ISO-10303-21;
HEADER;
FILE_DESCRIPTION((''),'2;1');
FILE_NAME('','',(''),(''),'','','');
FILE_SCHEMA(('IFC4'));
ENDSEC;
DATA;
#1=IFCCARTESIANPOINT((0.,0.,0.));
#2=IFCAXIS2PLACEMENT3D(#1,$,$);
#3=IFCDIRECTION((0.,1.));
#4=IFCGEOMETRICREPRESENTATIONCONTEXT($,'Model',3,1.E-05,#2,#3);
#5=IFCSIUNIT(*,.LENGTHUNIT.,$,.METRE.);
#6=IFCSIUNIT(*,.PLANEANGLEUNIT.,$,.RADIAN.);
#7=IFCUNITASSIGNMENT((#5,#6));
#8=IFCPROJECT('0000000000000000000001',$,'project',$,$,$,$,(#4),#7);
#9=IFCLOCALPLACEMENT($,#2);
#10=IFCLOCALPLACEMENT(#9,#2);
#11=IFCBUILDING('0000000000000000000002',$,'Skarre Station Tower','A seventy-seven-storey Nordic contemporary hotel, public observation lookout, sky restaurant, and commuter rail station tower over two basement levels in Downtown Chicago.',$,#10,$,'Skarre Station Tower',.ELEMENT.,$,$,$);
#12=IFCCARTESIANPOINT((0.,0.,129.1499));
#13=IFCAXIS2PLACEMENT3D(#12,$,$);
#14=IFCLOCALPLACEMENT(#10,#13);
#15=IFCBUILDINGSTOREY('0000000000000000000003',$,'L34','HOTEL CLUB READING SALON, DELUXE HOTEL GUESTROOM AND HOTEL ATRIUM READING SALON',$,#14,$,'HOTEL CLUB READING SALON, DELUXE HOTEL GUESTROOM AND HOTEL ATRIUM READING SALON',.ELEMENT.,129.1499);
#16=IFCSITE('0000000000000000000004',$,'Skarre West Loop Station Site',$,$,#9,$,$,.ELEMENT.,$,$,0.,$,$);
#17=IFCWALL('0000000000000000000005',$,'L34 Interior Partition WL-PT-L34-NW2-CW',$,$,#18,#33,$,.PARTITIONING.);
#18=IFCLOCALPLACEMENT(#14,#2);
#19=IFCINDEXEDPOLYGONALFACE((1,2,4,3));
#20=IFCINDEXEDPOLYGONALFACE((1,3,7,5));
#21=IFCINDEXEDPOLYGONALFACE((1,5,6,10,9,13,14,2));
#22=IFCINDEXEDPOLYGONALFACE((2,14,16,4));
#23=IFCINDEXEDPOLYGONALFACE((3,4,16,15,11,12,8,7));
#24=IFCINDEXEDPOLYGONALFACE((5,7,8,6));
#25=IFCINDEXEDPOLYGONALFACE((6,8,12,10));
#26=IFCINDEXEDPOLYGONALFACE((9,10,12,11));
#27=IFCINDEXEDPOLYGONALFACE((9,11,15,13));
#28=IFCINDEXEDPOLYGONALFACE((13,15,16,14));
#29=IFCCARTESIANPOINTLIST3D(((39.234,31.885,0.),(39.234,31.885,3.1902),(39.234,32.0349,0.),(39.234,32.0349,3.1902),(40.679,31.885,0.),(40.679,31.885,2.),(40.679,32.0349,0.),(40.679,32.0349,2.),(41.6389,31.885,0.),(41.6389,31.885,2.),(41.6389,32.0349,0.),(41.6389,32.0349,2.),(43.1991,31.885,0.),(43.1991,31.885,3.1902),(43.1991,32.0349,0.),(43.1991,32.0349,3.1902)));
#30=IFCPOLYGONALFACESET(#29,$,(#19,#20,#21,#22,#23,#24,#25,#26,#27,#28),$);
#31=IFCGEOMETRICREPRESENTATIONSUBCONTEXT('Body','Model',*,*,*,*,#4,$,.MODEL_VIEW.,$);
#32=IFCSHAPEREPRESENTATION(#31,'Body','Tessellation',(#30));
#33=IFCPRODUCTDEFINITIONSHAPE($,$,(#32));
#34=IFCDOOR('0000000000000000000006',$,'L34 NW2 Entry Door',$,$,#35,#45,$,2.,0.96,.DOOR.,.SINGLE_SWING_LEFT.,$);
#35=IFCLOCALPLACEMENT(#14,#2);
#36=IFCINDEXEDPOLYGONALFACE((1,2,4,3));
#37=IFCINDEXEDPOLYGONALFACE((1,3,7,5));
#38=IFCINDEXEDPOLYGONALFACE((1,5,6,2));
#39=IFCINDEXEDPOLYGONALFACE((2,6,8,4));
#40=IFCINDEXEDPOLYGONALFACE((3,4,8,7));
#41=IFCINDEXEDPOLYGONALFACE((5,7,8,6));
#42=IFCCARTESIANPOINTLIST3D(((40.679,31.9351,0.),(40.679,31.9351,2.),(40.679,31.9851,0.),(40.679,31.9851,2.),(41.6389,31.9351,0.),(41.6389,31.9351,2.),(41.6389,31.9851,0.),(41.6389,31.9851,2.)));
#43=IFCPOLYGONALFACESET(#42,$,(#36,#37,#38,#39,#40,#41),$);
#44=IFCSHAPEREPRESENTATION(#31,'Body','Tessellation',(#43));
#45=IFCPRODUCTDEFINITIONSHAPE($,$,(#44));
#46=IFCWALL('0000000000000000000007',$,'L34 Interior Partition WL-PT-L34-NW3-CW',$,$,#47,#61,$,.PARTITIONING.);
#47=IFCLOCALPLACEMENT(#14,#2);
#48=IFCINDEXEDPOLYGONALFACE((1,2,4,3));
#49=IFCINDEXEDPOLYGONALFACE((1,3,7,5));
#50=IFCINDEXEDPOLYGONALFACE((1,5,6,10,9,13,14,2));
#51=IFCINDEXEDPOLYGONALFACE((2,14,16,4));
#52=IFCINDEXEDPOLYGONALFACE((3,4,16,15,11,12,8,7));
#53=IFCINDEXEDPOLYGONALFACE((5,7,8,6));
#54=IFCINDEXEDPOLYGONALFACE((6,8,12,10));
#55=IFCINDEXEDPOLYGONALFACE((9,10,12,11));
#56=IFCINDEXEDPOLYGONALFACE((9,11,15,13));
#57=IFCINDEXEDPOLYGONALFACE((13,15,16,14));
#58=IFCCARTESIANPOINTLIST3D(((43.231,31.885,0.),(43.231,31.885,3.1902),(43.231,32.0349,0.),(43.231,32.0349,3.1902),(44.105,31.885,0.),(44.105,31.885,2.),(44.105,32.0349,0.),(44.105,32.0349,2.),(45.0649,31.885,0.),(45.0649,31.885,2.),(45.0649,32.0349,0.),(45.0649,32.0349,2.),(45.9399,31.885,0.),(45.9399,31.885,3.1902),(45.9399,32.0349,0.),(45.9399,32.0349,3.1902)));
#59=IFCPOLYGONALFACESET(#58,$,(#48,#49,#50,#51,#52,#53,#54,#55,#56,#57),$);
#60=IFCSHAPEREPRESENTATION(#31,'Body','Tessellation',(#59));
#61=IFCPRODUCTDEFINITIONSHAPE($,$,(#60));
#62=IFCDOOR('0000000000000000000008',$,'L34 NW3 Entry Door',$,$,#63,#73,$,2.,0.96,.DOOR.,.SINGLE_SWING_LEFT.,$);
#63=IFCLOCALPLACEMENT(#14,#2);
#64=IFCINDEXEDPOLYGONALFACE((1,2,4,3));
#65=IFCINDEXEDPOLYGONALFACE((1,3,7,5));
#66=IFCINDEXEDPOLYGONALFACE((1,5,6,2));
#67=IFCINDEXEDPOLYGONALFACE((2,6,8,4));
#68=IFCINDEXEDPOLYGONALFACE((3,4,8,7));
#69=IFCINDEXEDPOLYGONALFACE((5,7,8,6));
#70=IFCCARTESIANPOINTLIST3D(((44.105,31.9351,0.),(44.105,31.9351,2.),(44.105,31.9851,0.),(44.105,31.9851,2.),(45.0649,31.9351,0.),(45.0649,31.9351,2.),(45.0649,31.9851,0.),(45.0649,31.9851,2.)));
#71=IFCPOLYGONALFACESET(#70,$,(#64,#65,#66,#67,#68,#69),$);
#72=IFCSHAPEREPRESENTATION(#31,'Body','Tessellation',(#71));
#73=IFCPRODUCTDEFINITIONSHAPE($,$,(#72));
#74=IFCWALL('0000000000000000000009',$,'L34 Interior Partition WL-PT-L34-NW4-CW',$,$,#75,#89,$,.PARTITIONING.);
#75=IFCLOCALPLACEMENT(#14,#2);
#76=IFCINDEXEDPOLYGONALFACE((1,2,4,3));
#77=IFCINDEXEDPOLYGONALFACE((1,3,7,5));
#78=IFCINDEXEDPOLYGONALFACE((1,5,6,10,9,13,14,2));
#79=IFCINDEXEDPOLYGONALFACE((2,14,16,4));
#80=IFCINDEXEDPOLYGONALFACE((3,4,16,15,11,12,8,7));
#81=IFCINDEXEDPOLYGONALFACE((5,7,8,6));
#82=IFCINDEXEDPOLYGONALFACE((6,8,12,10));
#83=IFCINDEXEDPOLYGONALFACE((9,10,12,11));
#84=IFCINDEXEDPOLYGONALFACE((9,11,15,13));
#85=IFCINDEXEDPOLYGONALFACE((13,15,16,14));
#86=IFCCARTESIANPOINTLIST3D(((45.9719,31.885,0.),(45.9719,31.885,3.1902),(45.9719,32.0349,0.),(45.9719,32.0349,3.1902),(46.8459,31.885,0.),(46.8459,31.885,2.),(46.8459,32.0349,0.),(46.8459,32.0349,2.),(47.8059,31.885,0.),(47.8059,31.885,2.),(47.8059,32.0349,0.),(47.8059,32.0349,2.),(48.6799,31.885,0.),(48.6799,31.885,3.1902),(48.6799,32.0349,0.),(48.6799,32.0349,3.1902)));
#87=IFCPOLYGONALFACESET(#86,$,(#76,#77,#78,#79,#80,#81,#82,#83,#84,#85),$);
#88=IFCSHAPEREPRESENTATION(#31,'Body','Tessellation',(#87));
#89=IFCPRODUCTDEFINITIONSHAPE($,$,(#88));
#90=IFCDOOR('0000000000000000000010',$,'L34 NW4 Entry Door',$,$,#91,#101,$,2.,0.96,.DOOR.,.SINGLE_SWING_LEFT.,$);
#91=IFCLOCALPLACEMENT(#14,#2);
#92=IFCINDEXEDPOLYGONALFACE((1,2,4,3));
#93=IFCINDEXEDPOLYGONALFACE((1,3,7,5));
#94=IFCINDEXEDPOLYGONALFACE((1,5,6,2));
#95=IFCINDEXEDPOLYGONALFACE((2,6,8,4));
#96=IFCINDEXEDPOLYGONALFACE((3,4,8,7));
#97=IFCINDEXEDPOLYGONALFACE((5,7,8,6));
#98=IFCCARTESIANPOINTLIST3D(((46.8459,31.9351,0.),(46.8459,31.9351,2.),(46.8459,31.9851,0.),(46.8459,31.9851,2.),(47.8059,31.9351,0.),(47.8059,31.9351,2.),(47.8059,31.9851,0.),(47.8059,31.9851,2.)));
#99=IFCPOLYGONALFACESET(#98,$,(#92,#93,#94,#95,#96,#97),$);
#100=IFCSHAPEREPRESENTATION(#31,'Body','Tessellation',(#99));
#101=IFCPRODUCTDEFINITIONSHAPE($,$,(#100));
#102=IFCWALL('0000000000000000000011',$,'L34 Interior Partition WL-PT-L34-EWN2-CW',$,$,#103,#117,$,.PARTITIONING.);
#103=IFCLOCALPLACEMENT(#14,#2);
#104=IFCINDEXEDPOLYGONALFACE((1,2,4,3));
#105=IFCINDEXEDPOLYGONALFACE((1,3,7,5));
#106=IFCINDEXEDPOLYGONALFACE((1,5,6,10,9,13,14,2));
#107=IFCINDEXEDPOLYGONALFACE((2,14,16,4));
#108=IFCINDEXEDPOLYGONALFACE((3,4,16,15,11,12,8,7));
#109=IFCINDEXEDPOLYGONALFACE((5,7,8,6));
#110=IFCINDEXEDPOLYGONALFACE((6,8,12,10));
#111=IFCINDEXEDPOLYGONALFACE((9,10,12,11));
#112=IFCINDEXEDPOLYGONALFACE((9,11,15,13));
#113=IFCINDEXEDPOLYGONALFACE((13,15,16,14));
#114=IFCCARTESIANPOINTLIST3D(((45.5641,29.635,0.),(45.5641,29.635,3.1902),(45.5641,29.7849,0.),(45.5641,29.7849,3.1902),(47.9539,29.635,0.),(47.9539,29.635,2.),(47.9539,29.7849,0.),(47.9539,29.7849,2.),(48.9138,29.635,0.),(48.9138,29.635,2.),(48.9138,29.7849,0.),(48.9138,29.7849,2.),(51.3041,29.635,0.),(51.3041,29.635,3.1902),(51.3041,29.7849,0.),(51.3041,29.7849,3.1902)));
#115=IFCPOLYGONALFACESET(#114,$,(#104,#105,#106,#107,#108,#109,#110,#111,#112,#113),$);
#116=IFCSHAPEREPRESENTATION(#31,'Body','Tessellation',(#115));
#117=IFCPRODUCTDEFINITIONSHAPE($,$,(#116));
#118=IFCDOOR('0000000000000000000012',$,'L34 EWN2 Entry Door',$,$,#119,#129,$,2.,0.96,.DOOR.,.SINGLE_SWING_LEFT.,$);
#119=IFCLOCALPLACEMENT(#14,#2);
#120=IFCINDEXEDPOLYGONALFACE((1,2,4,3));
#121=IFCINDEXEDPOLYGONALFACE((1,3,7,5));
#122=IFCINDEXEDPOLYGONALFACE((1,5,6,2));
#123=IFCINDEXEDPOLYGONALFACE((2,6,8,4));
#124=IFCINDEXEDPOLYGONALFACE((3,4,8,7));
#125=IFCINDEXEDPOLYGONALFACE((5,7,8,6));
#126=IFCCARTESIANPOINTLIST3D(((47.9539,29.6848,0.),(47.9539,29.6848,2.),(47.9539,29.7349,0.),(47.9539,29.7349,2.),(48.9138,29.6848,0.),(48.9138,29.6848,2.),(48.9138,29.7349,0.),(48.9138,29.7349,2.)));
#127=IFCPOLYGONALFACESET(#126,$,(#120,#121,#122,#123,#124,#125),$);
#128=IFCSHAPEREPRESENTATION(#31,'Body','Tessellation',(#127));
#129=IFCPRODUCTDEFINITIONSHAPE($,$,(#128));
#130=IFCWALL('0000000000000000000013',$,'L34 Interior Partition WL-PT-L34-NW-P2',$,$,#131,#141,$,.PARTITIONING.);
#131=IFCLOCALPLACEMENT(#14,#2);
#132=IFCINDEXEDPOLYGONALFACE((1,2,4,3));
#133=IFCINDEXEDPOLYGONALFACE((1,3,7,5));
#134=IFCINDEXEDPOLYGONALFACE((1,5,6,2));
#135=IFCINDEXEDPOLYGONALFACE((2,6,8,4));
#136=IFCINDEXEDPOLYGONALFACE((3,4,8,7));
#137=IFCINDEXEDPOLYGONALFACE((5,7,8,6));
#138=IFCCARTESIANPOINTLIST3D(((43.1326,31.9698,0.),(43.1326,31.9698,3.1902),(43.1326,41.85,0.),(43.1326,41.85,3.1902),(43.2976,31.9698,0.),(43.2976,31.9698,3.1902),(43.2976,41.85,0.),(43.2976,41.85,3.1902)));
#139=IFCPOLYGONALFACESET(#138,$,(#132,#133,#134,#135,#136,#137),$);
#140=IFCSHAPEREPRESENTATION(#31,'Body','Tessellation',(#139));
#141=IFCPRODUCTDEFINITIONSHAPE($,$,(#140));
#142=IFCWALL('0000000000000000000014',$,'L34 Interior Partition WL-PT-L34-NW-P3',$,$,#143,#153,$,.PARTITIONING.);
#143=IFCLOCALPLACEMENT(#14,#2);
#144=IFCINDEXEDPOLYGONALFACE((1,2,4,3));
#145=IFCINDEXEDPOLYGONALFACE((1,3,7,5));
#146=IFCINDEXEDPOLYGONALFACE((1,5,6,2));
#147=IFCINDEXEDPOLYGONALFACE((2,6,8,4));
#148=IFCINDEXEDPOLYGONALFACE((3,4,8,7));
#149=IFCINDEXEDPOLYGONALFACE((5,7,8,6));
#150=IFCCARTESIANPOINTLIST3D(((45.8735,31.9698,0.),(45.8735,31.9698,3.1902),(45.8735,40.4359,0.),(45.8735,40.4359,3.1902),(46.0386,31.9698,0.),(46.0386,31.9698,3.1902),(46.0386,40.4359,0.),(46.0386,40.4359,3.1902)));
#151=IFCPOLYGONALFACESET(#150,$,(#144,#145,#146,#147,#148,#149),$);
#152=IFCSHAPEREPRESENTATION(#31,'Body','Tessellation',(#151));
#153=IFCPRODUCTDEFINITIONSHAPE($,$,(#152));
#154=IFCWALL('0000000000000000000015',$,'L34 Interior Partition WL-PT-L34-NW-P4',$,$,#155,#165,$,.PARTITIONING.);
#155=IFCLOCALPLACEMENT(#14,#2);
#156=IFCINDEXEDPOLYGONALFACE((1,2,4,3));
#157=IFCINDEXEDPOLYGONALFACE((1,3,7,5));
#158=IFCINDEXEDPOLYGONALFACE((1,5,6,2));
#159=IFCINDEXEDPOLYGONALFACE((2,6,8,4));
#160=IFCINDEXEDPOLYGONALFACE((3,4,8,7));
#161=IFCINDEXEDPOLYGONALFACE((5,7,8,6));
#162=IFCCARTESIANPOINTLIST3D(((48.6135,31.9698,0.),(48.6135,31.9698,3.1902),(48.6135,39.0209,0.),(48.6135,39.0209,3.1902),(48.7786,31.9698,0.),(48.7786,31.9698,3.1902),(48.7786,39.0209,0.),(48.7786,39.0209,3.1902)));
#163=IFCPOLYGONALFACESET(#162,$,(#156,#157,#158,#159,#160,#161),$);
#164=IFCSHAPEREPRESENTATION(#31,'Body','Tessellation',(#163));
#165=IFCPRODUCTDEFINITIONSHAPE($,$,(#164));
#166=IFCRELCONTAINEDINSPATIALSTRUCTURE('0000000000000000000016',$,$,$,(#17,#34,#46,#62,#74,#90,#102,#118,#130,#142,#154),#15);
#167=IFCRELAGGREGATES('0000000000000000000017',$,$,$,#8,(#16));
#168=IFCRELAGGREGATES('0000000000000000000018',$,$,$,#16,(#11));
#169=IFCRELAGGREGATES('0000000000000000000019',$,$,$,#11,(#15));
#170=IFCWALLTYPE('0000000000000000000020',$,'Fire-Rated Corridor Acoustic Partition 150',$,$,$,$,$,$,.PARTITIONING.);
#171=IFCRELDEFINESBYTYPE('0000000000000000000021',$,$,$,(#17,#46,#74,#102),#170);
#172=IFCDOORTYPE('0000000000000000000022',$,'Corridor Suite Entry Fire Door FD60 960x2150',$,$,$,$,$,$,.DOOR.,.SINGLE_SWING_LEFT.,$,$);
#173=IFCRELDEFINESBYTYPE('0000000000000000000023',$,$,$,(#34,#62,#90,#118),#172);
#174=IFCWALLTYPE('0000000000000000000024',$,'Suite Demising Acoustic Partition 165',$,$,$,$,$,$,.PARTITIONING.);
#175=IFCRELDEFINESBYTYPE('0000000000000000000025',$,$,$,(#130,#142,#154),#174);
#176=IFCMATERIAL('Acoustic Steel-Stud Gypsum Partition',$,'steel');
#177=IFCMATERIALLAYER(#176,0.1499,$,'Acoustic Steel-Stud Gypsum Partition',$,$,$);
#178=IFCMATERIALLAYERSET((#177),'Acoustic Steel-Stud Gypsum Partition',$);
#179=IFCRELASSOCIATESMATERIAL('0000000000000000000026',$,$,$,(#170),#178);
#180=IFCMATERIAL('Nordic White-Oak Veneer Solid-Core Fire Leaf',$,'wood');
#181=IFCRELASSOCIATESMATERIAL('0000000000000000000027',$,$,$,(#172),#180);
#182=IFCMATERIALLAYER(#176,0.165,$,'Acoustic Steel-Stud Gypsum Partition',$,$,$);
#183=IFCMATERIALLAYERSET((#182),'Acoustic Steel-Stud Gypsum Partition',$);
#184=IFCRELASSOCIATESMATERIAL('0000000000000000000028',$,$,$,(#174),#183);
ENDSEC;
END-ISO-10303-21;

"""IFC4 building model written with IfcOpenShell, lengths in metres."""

from ifc_helpers import new_model, si_unit, direction, frame, frame_2d, origin, place, context, subcontext, project, spatial, rectangle, extrude, material, layer, layer_set, type_object, element, fill, save


model = new_model("IFC4")

# Units and contexts
model_context = context("Model", 3, precision=1e-05, world=origin(), true_north=direction((0.0, 1.0)))
body_context = subcontext(model_context, "Body", "Model", "MODEL_VIEW")
ifc_project = project(units=[si_unit("LENGTHUNIT", "METRE"), si_unit("PLANEANGLEUNIT", "RADIAN")], contexts=[model_context])

# Site, building, storey
site_placement = place(None, origin())
site = spatial("IfcSite", under=ifc_project, at=site_placement, Name="Skarre West Loop Station Site", CompositionType="ELEMENT", RefElevation=0.0)
building_placement = place(site_placement, origin())
building = spatial("IfcBuilding", under=site, at=building_placement, Name="Skarre Station Tower", Description="A seventy-seven-storey Nordic contemporary hotel, public observation lookout, sky restaurant, and commuter rail station tower over two basement levels in Downtown Chicago.", LongName="Skarre Station Tower", CompositionType="ELEMENT")
storey_placement = place(building_placement, frame((0.0, 0.0, 129.1499)))
storey = spatial("IfcBuildingStorey", under=building, at=storey_placement, Name="L34", Description="HOTEL CLUB READING SALON, DELUXE HOTEL GUESTROOM AND HOTEL ATRIUM READING SALON", LongName="HOTEL CLUB READING SALON, DELUXE HOTEL GUESTROOM AND HOTEL ATRIUM READING SALON", CompositionType="ELEMENT", Elevation=129.1499)

# Walls, openings, doors
ifc_material_1 = material(Name="Acoustic Steel-Stud Gypsum Partition", Category="steel")
ifc_layer_1 = layer(ifc_material_1, 0.1499, Name="Acoustic Steel-Stud Gypsum Partition")
ifc_layer_set_1 = layer_set([ifc_layer_1], Name="Acoustic Steel-Stud Gypsum Partition")
wall_type_1 = type_object("IfcWallType", Name="Fire-Rated Corridor Acoustic Partition 150", PredefinedType="PARTITIONING", material=ifc_layer_set_1)
wall_1_placement = place(storey_placement, frame((43.199, 31.96, 0.0), z_axis=(0.0, 0.0, 1.0), x_axis=(-1.0, 0.0, 0.0)))
wall_1 = element("IfcWall", 1, at=wall_1_placement, inside=storey, type_object=wall_type_1, Name="L34 Interior Partition WL-PT-L34-NW2-CW", PredefinedType="PARTITIONING", context=body_context, shape_type="SweptSolid", body=[
    extrude(rectangle(XDim=3.9651, YDim=0.1499, at=frame_2d((1.9824, 0.0))), origin(), (0.0, 0.0, 1.0), 3.1902),
])
opening_1_placement = place(wall_1_placement, frame((1.5601, 0.0, 0.0)))
opening_1 = element("IfcOpeningElement", 2, at=opening_1_placement, cuts=wall_1, PredefinedType="OPENING", context=body_context, shape_type="SweptSolid", body=[
    extrude(rectangle(XDim=0.96, YDim=2.0, at=frame_2d((0.48, 1.0))), frame((0.0, 0.085, 0.0), z_axis=(0.0, -1.0, 0.0), x_axis=(1.0, 0.0, 0.0)), (0.0, 0.0, 1.0), 0.1699),
])
ifc_material_2 = material(Name="Nordic White-Oak Veneer Solid-Core Fire Leaf", Category="wood")
door_type = type_object("IfcDoorType", Name="Corridor Suite Entry Fire Door FD60 960x2150", OperationType="SINGLE_SWING_LEFT", PredefinedType="DOOR", material=ifc_material_2)
door_1_placement = place(opening_1_placement, origin())
door_1 = element("IfcDoor", 3, at=door_1_placement, inside=storey, type_object=door_type, Name="L34 NW2 Entry Door", OperationType="SINGLE_SWING_LEFT", OverallHeight=2.0, OverallWidth=0.96, PredefinedType="DOOR", context=body_context, shape_type="SweptSolid", body=[
    extrude(rectangle(XDim=0.96, YDim=2.0, at=frame_2d((0.48, 1.0))), frame((0.0, 0.0249, 0.0), z_axis=(0.0, -1.0, 0.0), x_axis=(1.0, 0.0, 0.0)), (0.0, 0.0, 1.0), 0.05),
])
fill(opening_1, door_1)
wall_2_placement = place(storey_placement, frame((45.9399, 31.96, 0.0), z_axis=(0.0, 0.0, 1.0), x_axis=(-1.0, 0.0, 0.0)))
wall_2 = element("IfcWall", 4, at=wall_2_placement, inside=storey, type_object=wall_type_1, Name="L34 Interior Partition WL-PT-L34-NW3-CW", PredefinedType="PARTITIONING", context=body_context, shape_type="SweptSolid", body=[
    extrude(rectangle(XDim=2.709, YDim=0.1499, at=frame_2d((1.3545, 0.0))), origin(), (0.0, 0.0, 1.0), 3.1902),
])
opening_2_placement = place(wall_2_placement, frame((0.875, 0.0, 0.0)))
opening_2 = element("IfcOpeningElement", 5, at=opening_2_placement, cuts=wall_2, PredefinedType="OPENING", context=body_context, shape_type="SweptSolid", body=[
    extrude(rectangle(XDim=0.96, YDim=2.0, at=frame_2d((0.48, 1.0))), frame((0.0, 0.085, 0.0), z_axis=(0.0, -1.0, 0.0), x_axis=(1.0, 0.0, 0.0)), (0.0, 0.0, 1.0), 0.1699),
])
door_2_placement = place(opening_2_placement, origin())
door_2 = element("IfcDoor", 6, at=door_2_placement, inside=storey, type_object=door_type, Name="L34 NW3 Entry Door", OperationType="SINGLE_SWING_LEFT", OverallHeight=2.0, OverallWidth=0.96, PredefinedType="DOOR", context=body_context, shape_type="SweptSolid", body=[
    extrude(rectangle(XDim=0.96, YDim=2.0, at=frame_2d((0.48, 1.0))), frame((0.0, 0.0249, 0.0), z_axis=(0.0, -1.0, 0.0), x_axis=(1.0, 0.0, 0.0)), (0.0, 0.0, 1.0), 0.05),
])
fill(opening_2, door_2)
wall_3_placement = place(storey_placement, frame((48.6799, 31.96, 0.0), z_axis=(0.0, 0.0, 1.0), x_axis=(-1.0, 0.0, 0.0)))
wall_3 = element("IfcWall", 7, at=wall_3_placement, inside=storey, type_object=wall_type_1, Name="L34 Interior Partition WL-PT-L34-NW4-CW", PredefinedType="PARTITIONING", context=body_context, shape_type="SweptSolid", body=[
    extrude(rectangle(XDim=2.708, YDim=0.1499, at=frame_2d((1.354, 0.0))), origin(), (0.0, 0.0, 1.0), 3.1902),
])
opening_3_placement = place(wall_3_placement, frame((0.874, 0.0, 0.0)))
opening_3 = element("IfcOpeningElement", 8, at=opening_3_placement, cuts=wall_3, PredefinedType="OPENING", context=body_context, shape_type="SweptSolid", body=[
    extrude(rectangle(XDim=0.96, YDim=2.0, at=frame_2d((0.48, 1.0))), frame((0.0, 0.085, 0.0), z_axis=(0.0, -1.0, 0.0), x_axis=(1.0, 0.0, 0.0)), (0.0, 0.0, 1.0), 0.1699),
])
door_3_placement = place(opening_3_placement, origin())
door_3 = element("IfcDoor", 9, at=door_3_placement, inside=storey, type_object=door_type, Name="L34 NW4 Entry Door", OperationType="SINGLE_SWING_LEFT", OverallHeight=2.0, OverallWidth=0.96, PredefinedType="DOOR", context=body_context, shape_type="SweptSolid", body=[
    extrude(rectangle(XDim=0.96, YDim=2.0, at=frame_2d((0.48, 1.0))), frame((0.0, 0.0249, 0.0), z_axis=(0.0, -1.0, 0.0), x_axis=(1.0, 0.0, 0.0)), (0.0, 0.0, 1.0), 0.05),
])
fill(opening_3, door_3)
wall_4_placement = place(storey_placement, frame((45.564, 29.71, 0.0), z_axis=(0.0, 0.0, 1.0), x_axis=(1.0, 0.0, 0.0)))
wall_4 = element("IfcWall", 10, at=wall_4_placement, inside=storey, type_object=wall_type_1, Name="L34 Interior Partition WL-PT-L34-EWN2-CW", PredefinedType="PARTITIONING", context=body_context, shape_type="SweptSolid", body=[
    extrude(rectangle(XDim=5.74, YDim=0.1499, at=frame_2d((2.8701, 0.0))), origin(), (0.0, 0.0, 1.0), 3.1902),
])
opening_4_placement = place(wall_4_placement, frame((2.3899, 0.0, 0.0)))
opening_4 = element("IfcOpeningElement", 11, at=opening_4_placement, cuts=wall_4, PredefinedType="OPENING", context=body_context, shape_type="SweptSolid", body=[
    extrude(rectangle(XDim=0.96, YDim=2.0, at=frame_2d((0.48, 1.0))), frame((0.0, 0.085, 0.0), z_axis=(0.0, -1.0, 0.0), x_axis=(1.0, 0.0, 0.0)), (0.0, 0.0, 1.0), 0.1699),
])
door_4_placement = place(opening_4_placement, origin())
door_4 = element("IfcDoor", 12, at=door_4_placement, inside=storey, type_object=door_type, Name="L34 EWN2 Entry Door", OperationType="SINGLE_SWING_LEFT", OverallHeight=2.0, OverallWidth=0.96, PredefinedType="DOOR", context=body_context, shape_type="SweptSolid", body=[
    extrude(rectangle(XDim=0.96, YDim=2.0, at=frame_2d((0.48, 1.0))), frame((0.0, 0.0249, 0.0), z_axis=(0.0, -1.0, 0.0), x_axis=(1.0, 0.0, 0.0)), (0.0, 0.0, 1.0), 0.05),
])
fill(opening_4, door_4)

# Walls
ifc_layer_2 = layer(ifc_material_1, 0.165, Name="Acoustic Steel-Stud Gypsum Partition")
ifc_layer_set_2 = layer_set([ifc_layer_2], Name="Acoustic Steel-Stud Gypsum Partition")
wall_type_2 = type_object("IfcWallType", Name="Suite Demising Acoustic Partition 165", PredefinedType="PARTITIONING", material=ifc_layer_set_2)
wall_5_placement = place(storey_placement, frame((43.2151, 31.97, 0.0), z_axis=(0.0, 0.0, 1.0), x_axis=(0.0, 1.0, 0.0)))
element("IfcWall", 13, at=wall_5_placement, inside=storey, type_object=wall_type_2, Name="L34 Interior Partition WL-PT-L34-NW-P2", PredefinedType="PARTITIONING", context=body_context, shape_type="SweptSolid", body=[
    extrude(rectangle(XDim=9.8801, YDim=0.165, at=frame_2d((4.9399, 0.0))), origin(), (0.0, 0.0, 1.0), 3.1902),
])
wall_6_placement = place(storey_placement, frame((45.9561, 31.97, 0.0), z_axis=(0.0, 0.0, 1.0), x_axis=(0.0, 1.0, 0.0)))
element("IfcWall", 14, at=wall_6_placement, inside=storey, type_object=wall_type_2, Name="L34 Interior Partition WL-PT-L34-NW-P3", PredefinedType="PARTITIONING", context=body_context, shape_type="SweptSolid", body=[
    extrude(rectangle(XDim=8.4661, YDim=0.165, at=frame_2d((4.2329, 0.0))), origin(), (0.0, 0.0, 1.0), 3.1902),
])
wall_7_placement = place(storey_placement, frame((48.696, 31.97, 0.0), z_axis=(0.0, 0.0, 1.0), x_axis=(0.0, 1.0, 0.0)))
element("IfcWall", 15, at=wall_7_placement, inside=storey, type_object=wall_type_2, Name="L34 Interior Partition WL-PT-L34-NW-P4", PredefinedType="PARTITIONING", context=body_context, shape_type="SweptSolid", body=[
    extrude(rectangle(XDim=7.051, YDim=0.165, at=frame_2d((3.5254, 0.0))), origin(), (0.0, 0.0, 1.0), 3.1902),
])

save(model, "model.ifc")
